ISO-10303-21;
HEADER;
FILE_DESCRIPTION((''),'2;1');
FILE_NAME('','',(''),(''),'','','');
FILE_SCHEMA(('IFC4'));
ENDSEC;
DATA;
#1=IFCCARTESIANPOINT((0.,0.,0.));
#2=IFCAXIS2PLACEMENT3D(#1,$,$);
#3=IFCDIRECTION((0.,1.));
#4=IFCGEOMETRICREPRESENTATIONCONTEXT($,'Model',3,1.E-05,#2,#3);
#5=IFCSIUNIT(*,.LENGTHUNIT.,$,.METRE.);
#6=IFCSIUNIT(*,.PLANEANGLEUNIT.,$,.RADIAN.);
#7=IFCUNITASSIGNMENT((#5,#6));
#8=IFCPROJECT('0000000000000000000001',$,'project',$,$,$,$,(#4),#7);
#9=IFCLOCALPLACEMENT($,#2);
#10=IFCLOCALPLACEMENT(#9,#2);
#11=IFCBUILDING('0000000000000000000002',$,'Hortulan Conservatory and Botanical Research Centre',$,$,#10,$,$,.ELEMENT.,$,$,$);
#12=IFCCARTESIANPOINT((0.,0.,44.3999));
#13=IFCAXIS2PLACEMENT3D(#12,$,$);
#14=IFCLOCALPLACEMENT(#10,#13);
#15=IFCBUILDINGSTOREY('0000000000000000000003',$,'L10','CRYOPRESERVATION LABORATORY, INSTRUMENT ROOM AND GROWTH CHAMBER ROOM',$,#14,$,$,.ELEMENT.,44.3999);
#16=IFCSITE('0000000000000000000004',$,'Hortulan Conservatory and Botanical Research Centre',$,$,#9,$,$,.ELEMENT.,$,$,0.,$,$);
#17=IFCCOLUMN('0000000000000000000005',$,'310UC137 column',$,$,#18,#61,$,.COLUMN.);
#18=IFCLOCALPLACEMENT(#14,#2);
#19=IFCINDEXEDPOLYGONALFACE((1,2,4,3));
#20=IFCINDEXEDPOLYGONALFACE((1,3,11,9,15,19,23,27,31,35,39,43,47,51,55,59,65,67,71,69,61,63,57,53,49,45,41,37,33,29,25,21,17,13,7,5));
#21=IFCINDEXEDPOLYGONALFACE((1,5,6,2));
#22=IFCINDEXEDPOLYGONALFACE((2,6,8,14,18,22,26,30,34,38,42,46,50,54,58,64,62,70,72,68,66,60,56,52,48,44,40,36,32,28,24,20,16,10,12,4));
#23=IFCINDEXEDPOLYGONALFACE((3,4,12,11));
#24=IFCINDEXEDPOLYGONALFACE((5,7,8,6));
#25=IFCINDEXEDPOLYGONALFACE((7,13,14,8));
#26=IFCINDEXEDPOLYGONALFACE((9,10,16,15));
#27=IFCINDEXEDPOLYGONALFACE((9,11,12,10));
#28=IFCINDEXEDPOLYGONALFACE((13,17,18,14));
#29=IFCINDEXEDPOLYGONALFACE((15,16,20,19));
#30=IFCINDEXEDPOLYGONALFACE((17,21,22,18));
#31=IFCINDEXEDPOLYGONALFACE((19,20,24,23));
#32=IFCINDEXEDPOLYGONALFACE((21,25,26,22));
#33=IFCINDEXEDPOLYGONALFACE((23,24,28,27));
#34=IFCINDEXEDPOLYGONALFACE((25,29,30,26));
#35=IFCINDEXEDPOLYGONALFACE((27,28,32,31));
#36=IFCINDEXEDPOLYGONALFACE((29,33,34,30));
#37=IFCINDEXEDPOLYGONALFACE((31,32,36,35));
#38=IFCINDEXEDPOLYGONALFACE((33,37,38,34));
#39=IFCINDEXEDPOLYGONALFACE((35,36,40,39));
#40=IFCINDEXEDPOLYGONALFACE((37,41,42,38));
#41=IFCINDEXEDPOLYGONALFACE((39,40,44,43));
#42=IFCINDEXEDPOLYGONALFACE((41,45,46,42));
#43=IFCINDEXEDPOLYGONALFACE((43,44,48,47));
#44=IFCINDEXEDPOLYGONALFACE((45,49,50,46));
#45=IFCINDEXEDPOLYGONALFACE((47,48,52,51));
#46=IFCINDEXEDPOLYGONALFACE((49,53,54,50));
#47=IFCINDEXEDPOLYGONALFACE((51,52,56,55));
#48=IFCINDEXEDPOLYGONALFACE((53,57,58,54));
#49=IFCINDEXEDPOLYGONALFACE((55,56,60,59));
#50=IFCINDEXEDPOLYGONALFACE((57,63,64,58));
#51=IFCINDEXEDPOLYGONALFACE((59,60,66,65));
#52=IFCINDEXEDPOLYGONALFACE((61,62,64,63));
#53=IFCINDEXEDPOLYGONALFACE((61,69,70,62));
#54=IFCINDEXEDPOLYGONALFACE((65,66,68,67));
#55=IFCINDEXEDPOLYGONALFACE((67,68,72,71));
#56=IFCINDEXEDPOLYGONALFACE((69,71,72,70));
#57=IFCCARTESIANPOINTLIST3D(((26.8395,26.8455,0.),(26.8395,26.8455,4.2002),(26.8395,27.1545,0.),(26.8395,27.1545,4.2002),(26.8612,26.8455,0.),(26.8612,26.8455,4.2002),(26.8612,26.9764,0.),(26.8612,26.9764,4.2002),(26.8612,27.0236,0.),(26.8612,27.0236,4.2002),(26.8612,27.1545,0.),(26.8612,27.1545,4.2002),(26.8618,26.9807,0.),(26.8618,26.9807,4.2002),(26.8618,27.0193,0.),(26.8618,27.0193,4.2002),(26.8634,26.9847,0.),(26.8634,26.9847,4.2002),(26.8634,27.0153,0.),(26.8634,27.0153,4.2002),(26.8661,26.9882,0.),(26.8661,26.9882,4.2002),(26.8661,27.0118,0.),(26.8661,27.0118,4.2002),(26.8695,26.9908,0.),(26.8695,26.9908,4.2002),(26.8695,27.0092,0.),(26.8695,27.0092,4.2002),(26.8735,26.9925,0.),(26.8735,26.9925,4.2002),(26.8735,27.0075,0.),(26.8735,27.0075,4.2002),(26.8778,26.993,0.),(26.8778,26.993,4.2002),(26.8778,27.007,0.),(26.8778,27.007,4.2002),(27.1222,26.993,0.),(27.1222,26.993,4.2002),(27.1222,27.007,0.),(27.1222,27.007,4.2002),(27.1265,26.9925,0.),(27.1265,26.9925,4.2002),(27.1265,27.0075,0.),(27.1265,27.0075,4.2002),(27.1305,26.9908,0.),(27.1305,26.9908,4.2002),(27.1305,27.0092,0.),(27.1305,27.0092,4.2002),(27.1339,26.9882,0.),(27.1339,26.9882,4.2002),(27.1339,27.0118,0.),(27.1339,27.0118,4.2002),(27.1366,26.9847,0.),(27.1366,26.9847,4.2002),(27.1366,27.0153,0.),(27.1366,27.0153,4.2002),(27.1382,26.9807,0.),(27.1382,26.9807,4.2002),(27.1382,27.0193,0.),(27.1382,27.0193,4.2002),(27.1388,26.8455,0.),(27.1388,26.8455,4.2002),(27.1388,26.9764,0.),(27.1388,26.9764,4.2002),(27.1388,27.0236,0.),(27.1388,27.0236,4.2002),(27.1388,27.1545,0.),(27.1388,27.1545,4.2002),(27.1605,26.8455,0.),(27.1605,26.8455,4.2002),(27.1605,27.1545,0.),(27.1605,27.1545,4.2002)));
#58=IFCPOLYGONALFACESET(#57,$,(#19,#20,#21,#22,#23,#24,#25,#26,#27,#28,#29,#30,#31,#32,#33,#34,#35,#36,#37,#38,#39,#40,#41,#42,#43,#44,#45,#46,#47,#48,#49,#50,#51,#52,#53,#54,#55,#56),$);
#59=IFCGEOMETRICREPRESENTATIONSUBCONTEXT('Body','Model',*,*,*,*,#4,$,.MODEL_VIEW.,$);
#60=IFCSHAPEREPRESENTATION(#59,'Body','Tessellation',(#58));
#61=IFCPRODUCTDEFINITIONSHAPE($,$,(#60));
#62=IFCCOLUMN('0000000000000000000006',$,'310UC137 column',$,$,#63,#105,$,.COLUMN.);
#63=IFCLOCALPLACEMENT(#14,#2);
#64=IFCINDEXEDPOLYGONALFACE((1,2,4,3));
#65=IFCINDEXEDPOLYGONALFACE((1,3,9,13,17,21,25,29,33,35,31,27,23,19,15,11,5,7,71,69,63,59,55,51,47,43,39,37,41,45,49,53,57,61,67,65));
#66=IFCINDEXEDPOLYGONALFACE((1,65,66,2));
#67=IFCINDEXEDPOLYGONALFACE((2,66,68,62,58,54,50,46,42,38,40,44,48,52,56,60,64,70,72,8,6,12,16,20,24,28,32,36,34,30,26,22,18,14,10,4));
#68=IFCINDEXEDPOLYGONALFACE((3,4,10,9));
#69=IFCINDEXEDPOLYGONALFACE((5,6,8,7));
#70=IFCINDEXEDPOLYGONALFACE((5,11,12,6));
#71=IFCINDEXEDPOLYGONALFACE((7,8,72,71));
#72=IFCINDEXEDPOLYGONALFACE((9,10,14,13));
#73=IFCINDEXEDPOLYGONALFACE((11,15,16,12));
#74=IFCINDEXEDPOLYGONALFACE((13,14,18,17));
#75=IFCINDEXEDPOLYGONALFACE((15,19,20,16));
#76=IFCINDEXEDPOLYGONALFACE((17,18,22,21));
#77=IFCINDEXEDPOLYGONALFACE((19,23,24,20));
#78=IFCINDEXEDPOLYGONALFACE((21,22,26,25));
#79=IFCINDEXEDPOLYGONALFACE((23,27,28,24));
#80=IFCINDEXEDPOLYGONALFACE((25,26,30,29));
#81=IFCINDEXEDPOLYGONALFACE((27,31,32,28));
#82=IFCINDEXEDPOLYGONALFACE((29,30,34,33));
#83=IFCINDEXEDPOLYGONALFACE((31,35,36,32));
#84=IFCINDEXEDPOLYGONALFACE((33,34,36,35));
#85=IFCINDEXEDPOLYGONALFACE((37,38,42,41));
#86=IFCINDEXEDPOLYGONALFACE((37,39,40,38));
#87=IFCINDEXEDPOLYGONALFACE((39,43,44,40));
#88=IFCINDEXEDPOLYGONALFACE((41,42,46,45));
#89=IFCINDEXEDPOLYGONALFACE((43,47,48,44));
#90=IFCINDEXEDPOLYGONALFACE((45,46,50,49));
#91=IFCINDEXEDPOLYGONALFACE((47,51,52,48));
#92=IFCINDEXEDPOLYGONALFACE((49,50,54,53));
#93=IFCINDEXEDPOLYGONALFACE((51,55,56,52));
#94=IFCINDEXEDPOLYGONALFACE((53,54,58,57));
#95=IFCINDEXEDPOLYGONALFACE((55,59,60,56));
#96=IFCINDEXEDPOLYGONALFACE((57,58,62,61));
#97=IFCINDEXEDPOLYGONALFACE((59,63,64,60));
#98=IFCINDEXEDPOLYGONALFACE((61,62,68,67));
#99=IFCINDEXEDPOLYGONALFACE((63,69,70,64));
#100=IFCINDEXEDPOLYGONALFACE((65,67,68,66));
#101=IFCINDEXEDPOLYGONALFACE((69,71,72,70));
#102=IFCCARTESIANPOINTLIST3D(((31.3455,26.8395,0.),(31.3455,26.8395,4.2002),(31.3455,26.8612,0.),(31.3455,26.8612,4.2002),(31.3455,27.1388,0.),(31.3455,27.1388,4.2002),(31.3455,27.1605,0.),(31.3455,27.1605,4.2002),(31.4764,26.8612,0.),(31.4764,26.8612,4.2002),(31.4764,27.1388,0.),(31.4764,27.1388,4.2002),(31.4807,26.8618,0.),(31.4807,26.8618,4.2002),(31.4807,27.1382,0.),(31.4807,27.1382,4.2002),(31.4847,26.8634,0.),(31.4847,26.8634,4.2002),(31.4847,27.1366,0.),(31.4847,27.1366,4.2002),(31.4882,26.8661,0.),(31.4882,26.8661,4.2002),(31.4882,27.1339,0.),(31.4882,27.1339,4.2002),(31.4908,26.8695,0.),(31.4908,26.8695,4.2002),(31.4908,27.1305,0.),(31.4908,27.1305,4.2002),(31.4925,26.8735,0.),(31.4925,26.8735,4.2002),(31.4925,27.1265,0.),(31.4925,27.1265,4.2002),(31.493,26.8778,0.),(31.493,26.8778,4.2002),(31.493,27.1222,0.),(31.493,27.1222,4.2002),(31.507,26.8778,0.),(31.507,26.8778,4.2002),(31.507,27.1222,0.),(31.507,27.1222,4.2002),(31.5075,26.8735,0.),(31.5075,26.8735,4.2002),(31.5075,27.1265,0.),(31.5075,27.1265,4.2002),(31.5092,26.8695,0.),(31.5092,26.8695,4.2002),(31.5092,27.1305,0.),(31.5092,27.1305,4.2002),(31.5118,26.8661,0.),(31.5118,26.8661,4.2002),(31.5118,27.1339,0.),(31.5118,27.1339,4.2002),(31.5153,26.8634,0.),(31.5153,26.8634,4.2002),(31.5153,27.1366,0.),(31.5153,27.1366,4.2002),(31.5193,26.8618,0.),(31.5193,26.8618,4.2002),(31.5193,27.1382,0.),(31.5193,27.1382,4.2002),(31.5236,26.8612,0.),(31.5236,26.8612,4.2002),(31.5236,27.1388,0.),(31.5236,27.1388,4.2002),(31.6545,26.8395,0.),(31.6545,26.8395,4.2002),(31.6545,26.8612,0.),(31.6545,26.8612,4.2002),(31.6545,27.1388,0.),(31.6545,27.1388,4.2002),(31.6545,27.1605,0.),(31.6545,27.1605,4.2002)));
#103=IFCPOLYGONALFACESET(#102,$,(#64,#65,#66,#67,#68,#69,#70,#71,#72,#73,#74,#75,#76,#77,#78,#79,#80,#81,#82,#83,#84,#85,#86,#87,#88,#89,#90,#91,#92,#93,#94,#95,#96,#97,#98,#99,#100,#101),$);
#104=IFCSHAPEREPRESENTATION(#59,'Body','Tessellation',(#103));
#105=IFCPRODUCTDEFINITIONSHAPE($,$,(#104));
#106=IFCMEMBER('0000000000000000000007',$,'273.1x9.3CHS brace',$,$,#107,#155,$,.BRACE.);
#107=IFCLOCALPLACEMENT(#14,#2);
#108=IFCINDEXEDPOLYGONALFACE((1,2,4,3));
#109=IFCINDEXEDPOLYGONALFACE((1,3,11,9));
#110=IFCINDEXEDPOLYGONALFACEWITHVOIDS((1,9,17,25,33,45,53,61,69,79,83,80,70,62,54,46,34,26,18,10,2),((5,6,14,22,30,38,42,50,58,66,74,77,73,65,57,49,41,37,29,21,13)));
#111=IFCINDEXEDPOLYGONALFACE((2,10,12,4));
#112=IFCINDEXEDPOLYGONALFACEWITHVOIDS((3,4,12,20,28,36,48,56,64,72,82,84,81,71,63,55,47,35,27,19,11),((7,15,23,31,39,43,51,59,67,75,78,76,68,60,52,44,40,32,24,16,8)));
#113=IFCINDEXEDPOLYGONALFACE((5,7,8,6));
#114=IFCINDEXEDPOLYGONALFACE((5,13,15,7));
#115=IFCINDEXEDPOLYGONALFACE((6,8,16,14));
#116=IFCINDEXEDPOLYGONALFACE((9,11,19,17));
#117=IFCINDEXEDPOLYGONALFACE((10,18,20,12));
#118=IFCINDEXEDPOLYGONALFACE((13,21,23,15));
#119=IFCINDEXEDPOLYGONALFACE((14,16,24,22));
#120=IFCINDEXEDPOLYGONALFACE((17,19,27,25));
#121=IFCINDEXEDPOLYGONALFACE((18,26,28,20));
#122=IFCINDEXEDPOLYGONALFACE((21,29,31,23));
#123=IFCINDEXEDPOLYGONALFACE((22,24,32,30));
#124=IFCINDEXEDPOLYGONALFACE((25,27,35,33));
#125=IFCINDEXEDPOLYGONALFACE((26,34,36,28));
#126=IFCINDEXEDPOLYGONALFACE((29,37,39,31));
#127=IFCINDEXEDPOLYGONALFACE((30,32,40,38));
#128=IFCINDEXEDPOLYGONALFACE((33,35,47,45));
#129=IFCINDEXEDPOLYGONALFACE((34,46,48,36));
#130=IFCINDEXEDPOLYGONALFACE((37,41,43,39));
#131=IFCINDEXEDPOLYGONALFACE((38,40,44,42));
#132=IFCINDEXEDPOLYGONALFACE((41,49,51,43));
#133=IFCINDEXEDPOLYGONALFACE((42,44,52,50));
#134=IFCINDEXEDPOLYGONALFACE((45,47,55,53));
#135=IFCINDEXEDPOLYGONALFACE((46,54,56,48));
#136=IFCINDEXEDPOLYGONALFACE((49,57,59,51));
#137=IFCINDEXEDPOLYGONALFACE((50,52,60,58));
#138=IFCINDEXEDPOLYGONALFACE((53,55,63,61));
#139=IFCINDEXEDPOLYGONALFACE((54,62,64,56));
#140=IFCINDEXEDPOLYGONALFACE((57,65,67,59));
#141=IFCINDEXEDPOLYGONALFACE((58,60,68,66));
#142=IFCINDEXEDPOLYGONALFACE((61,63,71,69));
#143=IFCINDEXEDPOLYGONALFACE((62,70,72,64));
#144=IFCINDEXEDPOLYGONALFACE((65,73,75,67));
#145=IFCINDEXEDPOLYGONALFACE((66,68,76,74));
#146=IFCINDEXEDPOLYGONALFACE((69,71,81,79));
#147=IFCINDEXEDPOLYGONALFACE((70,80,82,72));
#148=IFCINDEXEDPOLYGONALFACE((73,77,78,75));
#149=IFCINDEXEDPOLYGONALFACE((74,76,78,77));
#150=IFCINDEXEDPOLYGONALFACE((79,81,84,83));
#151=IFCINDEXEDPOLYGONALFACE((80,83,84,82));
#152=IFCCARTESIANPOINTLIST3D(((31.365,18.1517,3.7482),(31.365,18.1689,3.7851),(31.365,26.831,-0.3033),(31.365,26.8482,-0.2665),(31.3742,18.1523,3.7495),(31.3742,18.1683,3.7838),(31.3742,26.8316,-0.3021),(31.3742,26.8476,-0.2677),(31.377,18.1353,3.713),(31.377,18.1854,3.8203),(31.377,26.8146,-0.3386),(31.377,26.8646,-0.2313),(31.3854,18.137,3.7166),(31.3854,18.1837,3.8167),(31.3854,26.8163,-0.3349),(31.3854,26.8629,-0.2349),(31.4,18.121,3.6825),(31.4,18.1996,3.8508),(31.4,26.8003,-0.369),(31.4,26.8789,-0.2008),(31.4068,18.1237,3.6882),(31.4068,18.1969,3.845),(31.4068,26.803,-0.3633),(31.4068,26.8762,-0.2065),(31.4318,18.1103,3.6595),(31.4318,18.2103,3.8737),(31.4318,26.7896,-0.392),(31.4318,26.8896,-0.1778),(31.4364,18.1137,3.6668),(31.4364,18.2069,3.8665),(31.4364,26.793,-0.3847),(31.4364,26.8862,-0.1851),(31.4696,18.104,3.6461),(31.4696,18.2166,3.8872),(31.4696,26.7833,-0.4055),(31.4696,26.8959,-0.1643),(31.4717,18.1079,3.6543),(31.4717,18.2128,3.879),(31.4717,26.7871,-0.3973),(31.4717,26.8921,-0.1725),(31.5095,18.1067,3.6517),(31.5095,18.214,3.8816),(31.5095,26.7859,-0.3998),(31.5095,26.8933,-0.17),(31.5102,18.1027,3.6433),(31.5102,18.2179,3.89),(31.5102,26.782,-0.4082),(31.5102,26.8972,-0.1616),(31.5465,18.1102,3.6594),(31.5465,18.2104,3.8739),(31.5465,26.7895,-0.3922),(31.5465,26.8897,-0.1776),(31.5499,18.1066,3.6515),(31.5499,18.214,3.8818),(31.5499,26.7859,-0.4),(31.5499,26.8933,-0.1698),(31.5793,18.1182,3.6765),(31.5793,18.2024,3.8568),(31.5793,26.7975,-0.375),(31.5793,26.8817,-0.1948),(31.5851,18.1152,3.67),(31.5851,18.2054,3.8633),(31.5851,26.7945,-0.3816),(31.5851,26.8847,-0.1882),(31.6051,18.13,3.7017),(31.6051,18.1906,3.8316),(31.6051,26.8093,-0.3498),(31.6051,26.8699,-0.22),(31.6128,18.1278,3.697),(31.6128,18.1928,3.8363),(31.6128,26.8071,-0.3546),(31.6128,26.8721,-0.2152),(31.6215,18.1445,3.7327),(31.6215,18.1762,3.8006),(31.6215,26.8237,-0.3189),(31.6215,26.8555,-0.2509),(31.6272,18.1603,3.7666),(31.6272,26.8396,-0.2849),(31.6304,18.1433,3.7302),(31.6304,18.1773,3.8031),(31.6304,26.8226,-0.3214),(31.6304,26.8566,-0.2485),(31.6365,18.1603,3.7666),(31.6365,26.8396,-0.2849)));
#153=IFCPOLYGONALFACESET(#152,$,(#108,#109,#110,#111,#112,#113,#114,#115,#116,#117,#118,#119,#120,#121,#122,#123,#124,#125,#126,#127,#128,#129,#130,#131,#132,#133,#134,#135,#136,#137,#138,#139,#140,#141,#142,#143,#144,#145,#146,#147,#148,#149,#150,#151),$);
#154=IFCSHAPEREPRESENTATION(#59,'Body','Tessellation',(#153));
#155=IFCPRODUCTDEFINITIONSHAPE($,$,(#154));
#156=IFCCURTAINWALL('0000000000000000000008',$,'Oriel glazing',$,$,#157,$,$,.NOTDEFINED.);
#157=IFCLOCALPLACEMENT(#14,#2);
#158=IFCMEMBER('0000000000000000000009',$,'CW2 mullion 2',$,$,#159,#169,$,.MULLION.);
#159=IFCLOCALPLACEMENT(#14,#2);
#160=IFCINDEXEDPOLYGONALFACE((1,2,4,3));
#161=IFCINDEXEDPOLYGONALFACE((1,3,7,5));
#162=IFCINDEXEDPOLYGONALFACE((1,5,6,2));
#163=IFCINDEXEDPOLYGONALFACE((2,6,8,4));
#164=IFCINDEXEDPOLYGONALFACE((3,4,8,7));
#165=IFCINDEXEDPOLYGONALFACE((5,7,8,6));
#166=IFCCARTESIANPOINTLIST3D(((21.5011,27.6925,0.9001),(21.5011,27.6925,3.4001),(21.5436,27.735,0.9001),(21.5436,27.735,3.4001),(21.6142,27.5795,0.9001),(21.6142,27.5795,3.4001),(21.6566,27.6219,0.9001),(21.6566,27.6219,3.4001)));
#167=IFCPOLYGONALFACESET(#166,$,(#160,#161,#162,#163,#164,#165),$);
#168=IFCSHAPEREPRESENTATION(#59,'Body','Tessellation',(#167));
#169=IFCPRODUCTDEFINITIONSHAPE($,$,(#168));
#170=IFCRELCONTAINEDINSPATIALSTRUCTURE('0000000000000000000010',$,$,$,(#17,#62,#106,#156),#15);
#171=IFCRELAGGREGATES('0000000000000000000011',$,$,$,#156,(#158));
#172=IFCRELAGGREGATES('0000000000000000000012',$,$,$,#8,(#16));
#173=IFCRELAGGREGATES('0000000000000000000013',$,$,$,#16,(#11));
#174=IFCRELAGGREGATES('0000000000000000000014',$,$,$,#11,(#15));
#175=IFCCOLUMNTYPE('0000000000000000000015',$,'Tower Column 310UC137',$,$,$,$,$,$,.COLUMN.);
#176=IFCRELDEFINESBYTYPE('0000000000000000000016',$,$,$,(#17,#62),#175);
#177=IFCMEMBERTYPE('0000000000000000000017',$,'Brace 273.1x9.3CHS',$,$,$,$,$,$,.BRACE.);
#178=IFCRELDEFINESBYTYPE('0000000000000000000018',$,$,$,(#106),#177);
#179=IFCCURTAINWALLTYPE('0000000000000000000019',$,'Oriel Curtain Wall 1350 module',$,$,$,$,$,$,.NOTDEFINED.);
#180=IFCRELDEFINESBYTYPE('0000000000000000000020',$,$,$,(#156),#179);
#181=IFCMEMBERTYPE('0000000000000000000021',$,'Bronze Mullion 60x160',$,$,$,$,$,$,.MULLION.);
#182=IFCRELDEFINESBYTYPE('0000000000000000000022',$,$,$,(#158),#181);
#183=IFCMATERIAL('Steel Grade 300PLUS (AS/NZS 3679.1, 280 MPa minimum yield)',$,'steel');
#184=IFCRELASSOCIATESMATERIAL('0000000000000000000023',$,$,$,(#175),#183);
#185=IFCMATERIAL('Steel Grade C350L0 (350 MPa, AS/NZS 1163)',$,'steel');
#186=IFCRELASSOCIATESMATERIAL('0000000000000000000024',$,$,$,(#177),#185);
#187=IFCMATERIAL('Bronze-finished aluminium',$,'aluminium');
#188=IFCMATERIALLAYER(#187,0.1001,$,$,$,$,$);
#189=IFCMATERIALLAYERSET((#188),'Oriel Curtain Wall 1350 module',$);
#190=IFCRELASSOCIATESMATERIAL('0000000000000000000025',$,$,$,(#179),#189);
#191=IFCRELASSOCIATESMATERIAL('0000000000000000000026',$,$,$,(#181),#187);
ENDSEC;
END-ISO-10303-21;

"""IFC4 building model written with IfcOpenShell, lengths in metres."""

from ifc_helpers import new_model, si_unit, direction, frame, origin, origin_2d, place, context, subcontext, project, spatial, rectangle, hollow_circle, i_section, extrude, material, layer, layer_set, material_profile, profile_set, type_object, element, aggregate, save


model = new_model("IFC4")

# Units and contexts
model_context = context("Model", 3, precision=1e-05, world=origin(), true_north=direction((0.0, 1.0)))
body_context = subcontext(model_context, "Body", "Model", "MODEL_VIEW")
ifc_project = project(units=[si_unit("LENGTHUNIT", "METRE"), si_unit("PLANEANGLEUNIT", "RADIAN")], contexts=[model_context])

# Site, building, storey
site_placement = place(None, origin())
site = spatial("IfcSite", under=ifc_project, at=site_placement, Name="Hortulan Conservatory and Botanical Research Centre", CompositionType="ELEMENT", RefElevation=0.0)
building_placement = place(site_placement, origin())
building = spatial("IfcBuilding", under=site, at=building_placement, Name="Hortulan Conservatory and Botanical Research Centre", CompositionType="ELEMENT")
storey_placement = place(building_placement, frame((0.0, 0.0, 44.3999)))
storey = spatial("IfcBuildingStorey", under=building, at=storey_placement, Name="L10", Description="CRYOPRESERVATION LABORATORY, INSTRUMENT ROOM AND GROWTH CHAMBER ROOM", CompositionType="ELEMENT", Elevation=44.3999)

# Columns
ifc_material_1 = material(Name="Steel Grade 300PLUS (AS/NZS 3679.1, 280 MPa minimum yield)", Category="steel")
ifc_material_profile_1 = material_profile(ifc_material_1, i_section(OverallWidth=0.3091, OverallDepth=0.321, WebThickness=0.0139, FlangeThickness=0.0217, FilletRadius=0.0166, at=origin_2d()), Name="310UC137")
ifc_profile_set_1 = profile_set([ifc_material_profile_1], Name="Steel Grade 300PLUS (AS/NZS 3679.1, 280 MPa minimum yield)")
column_type = type_object("IfcColumnType", Name="Tower Column 310UC137", PredefinedType="COLUMN", material=ifc_profile_set_1)
for number, where, z_axis, x_axis, name in (
    (1, (27.0, 27.0, 0.0), (0.0, 0.0, 1.0), (0.0, 1.0, 0.0), "310UC137 column"),
    (2, (31.5, 27.0, 0.0), (0.0, 0.0, 1.0), (1.0, 0.0, 0.0), "310UC137 column"),
):
    element("IfcColumn", number, at=place(storey_placement, frame(where, z_axis=z_axis, x_axis=x_axis)), inside=storey, type_object=column_type, Name=name, PredefinedType="COLUMN", context=body_context, shape_type="SweptSolid", body=[
        extrude(i_section(OverallWidth=0.3091, OverallDepth=0.321, WebThickness=0.0139, FlangeThickness=0.0217, FilletRadius=0.0166, at=origin_2d()), origin(), (0.0, 0.0, 1.0), 4.2002),
    ])

# Member
ifc_material_2 = material(Name="Steel Grade C350L0 (350 MPa, AS/NZS 1163)", Category="steel")
ifc_material_profile_2 = material_profile(ifc_material_2, hollow_circle(Radius=0.1365, WallThickness=0.0093, at=origin_2d()), Name="273.1x9.3CHS")
ifc_profile_set_2 = profile_set([ifc_material_profile_2], Name="Steel Grade C350L0 (350 MPa, AS/NZS 1163)")
member_type_1 = type_object("IfcMemberType", Name="Brace 273.1x9.3CHS", PredefinedType="BRACE", material=ifc_profile_set_2)
member_1_placement = place(storey_placement, frame((31.5, 26.8396, -0.2849), z_axis=(0.0, -0.906134, 0.42299), x_axis=(1.0, 0.0, 0.0)))
element("IfcMember", 3, at=member_1_placement, inside=storey, type_object=member_type_1, Name="273.1x9.3CHS brace", PredefinedType="BRACE", context=body_context, shape_type="SweptSolid", body=[
    extrude(hollow_circle(Radius=0.1365, WallThickness=0.0093, at=origin_2d()), origin(), (0.0, 0.0, 1.0), 9.5784),
])

# Curtain wall, member
ifc_material_3 = material(Name="Bronze-finished aluminium", Category="aluminium")
ifc_layer_1 = layer(ifc_material_3, 0.1001)
ifc_layer_set_1 = layer_set([ifc_layer_1], Name="Oriel Curtain Wall 1350 module")
curtain_wall_type = type_object("IfcCurtainWallType", Name="Oriel Curtain Wall 1350 module", PredefinedType="NOTDEFINED", material=ifc_layer_set_1)
curtain_wall_placement = place(storey_placement, origin())
curtain_wall = element("IfcCurtainWall", 4, at=curtain_wall_placement, inside=storey, type_object=curtain_wall_type, Name="Oriel glazing", PredefinedType="NOTDEFINED")
ifc_material_profile_3 = material_profile(ifc_material_3, rectangle(XDim=0.0601, YDim=0.1599, at=origin_2d()), Name="Bronze Mullion 60x160")
ifc_profile_set_3 = profile_set([ifc_material_profile_3], Name="Bronze-finished aluminium")
member_type_2 = type_object("IfcMemberType", Name="Bronze Mullion 60x160", PredefinedType="MULLION", material=ifc_profile_set_3)
member_2_placement = place(storey_placement, frame((21.5789, 27.6572, 0.9001), z_axis=(0.0, 0.0, 1.0), x_axis=(0.707107, 0.707107, 0.0)))
member_2 = element("IfcMember", 5, at=member_2_placement, type_object=member_type_2, Name="CW2 mullion 2", PredefinedType="MULLION", context=body_context, shape_type="SweptSolid", body=[
    extrude(rectangle(XDim=0.0601, YDim=0.1599, at=origin_2d()), origin(), (0.0, 0.0, 1.0), 2.5),
])

aggregate(curtain_wall, [member_2])

save(model, "model.ifc")
